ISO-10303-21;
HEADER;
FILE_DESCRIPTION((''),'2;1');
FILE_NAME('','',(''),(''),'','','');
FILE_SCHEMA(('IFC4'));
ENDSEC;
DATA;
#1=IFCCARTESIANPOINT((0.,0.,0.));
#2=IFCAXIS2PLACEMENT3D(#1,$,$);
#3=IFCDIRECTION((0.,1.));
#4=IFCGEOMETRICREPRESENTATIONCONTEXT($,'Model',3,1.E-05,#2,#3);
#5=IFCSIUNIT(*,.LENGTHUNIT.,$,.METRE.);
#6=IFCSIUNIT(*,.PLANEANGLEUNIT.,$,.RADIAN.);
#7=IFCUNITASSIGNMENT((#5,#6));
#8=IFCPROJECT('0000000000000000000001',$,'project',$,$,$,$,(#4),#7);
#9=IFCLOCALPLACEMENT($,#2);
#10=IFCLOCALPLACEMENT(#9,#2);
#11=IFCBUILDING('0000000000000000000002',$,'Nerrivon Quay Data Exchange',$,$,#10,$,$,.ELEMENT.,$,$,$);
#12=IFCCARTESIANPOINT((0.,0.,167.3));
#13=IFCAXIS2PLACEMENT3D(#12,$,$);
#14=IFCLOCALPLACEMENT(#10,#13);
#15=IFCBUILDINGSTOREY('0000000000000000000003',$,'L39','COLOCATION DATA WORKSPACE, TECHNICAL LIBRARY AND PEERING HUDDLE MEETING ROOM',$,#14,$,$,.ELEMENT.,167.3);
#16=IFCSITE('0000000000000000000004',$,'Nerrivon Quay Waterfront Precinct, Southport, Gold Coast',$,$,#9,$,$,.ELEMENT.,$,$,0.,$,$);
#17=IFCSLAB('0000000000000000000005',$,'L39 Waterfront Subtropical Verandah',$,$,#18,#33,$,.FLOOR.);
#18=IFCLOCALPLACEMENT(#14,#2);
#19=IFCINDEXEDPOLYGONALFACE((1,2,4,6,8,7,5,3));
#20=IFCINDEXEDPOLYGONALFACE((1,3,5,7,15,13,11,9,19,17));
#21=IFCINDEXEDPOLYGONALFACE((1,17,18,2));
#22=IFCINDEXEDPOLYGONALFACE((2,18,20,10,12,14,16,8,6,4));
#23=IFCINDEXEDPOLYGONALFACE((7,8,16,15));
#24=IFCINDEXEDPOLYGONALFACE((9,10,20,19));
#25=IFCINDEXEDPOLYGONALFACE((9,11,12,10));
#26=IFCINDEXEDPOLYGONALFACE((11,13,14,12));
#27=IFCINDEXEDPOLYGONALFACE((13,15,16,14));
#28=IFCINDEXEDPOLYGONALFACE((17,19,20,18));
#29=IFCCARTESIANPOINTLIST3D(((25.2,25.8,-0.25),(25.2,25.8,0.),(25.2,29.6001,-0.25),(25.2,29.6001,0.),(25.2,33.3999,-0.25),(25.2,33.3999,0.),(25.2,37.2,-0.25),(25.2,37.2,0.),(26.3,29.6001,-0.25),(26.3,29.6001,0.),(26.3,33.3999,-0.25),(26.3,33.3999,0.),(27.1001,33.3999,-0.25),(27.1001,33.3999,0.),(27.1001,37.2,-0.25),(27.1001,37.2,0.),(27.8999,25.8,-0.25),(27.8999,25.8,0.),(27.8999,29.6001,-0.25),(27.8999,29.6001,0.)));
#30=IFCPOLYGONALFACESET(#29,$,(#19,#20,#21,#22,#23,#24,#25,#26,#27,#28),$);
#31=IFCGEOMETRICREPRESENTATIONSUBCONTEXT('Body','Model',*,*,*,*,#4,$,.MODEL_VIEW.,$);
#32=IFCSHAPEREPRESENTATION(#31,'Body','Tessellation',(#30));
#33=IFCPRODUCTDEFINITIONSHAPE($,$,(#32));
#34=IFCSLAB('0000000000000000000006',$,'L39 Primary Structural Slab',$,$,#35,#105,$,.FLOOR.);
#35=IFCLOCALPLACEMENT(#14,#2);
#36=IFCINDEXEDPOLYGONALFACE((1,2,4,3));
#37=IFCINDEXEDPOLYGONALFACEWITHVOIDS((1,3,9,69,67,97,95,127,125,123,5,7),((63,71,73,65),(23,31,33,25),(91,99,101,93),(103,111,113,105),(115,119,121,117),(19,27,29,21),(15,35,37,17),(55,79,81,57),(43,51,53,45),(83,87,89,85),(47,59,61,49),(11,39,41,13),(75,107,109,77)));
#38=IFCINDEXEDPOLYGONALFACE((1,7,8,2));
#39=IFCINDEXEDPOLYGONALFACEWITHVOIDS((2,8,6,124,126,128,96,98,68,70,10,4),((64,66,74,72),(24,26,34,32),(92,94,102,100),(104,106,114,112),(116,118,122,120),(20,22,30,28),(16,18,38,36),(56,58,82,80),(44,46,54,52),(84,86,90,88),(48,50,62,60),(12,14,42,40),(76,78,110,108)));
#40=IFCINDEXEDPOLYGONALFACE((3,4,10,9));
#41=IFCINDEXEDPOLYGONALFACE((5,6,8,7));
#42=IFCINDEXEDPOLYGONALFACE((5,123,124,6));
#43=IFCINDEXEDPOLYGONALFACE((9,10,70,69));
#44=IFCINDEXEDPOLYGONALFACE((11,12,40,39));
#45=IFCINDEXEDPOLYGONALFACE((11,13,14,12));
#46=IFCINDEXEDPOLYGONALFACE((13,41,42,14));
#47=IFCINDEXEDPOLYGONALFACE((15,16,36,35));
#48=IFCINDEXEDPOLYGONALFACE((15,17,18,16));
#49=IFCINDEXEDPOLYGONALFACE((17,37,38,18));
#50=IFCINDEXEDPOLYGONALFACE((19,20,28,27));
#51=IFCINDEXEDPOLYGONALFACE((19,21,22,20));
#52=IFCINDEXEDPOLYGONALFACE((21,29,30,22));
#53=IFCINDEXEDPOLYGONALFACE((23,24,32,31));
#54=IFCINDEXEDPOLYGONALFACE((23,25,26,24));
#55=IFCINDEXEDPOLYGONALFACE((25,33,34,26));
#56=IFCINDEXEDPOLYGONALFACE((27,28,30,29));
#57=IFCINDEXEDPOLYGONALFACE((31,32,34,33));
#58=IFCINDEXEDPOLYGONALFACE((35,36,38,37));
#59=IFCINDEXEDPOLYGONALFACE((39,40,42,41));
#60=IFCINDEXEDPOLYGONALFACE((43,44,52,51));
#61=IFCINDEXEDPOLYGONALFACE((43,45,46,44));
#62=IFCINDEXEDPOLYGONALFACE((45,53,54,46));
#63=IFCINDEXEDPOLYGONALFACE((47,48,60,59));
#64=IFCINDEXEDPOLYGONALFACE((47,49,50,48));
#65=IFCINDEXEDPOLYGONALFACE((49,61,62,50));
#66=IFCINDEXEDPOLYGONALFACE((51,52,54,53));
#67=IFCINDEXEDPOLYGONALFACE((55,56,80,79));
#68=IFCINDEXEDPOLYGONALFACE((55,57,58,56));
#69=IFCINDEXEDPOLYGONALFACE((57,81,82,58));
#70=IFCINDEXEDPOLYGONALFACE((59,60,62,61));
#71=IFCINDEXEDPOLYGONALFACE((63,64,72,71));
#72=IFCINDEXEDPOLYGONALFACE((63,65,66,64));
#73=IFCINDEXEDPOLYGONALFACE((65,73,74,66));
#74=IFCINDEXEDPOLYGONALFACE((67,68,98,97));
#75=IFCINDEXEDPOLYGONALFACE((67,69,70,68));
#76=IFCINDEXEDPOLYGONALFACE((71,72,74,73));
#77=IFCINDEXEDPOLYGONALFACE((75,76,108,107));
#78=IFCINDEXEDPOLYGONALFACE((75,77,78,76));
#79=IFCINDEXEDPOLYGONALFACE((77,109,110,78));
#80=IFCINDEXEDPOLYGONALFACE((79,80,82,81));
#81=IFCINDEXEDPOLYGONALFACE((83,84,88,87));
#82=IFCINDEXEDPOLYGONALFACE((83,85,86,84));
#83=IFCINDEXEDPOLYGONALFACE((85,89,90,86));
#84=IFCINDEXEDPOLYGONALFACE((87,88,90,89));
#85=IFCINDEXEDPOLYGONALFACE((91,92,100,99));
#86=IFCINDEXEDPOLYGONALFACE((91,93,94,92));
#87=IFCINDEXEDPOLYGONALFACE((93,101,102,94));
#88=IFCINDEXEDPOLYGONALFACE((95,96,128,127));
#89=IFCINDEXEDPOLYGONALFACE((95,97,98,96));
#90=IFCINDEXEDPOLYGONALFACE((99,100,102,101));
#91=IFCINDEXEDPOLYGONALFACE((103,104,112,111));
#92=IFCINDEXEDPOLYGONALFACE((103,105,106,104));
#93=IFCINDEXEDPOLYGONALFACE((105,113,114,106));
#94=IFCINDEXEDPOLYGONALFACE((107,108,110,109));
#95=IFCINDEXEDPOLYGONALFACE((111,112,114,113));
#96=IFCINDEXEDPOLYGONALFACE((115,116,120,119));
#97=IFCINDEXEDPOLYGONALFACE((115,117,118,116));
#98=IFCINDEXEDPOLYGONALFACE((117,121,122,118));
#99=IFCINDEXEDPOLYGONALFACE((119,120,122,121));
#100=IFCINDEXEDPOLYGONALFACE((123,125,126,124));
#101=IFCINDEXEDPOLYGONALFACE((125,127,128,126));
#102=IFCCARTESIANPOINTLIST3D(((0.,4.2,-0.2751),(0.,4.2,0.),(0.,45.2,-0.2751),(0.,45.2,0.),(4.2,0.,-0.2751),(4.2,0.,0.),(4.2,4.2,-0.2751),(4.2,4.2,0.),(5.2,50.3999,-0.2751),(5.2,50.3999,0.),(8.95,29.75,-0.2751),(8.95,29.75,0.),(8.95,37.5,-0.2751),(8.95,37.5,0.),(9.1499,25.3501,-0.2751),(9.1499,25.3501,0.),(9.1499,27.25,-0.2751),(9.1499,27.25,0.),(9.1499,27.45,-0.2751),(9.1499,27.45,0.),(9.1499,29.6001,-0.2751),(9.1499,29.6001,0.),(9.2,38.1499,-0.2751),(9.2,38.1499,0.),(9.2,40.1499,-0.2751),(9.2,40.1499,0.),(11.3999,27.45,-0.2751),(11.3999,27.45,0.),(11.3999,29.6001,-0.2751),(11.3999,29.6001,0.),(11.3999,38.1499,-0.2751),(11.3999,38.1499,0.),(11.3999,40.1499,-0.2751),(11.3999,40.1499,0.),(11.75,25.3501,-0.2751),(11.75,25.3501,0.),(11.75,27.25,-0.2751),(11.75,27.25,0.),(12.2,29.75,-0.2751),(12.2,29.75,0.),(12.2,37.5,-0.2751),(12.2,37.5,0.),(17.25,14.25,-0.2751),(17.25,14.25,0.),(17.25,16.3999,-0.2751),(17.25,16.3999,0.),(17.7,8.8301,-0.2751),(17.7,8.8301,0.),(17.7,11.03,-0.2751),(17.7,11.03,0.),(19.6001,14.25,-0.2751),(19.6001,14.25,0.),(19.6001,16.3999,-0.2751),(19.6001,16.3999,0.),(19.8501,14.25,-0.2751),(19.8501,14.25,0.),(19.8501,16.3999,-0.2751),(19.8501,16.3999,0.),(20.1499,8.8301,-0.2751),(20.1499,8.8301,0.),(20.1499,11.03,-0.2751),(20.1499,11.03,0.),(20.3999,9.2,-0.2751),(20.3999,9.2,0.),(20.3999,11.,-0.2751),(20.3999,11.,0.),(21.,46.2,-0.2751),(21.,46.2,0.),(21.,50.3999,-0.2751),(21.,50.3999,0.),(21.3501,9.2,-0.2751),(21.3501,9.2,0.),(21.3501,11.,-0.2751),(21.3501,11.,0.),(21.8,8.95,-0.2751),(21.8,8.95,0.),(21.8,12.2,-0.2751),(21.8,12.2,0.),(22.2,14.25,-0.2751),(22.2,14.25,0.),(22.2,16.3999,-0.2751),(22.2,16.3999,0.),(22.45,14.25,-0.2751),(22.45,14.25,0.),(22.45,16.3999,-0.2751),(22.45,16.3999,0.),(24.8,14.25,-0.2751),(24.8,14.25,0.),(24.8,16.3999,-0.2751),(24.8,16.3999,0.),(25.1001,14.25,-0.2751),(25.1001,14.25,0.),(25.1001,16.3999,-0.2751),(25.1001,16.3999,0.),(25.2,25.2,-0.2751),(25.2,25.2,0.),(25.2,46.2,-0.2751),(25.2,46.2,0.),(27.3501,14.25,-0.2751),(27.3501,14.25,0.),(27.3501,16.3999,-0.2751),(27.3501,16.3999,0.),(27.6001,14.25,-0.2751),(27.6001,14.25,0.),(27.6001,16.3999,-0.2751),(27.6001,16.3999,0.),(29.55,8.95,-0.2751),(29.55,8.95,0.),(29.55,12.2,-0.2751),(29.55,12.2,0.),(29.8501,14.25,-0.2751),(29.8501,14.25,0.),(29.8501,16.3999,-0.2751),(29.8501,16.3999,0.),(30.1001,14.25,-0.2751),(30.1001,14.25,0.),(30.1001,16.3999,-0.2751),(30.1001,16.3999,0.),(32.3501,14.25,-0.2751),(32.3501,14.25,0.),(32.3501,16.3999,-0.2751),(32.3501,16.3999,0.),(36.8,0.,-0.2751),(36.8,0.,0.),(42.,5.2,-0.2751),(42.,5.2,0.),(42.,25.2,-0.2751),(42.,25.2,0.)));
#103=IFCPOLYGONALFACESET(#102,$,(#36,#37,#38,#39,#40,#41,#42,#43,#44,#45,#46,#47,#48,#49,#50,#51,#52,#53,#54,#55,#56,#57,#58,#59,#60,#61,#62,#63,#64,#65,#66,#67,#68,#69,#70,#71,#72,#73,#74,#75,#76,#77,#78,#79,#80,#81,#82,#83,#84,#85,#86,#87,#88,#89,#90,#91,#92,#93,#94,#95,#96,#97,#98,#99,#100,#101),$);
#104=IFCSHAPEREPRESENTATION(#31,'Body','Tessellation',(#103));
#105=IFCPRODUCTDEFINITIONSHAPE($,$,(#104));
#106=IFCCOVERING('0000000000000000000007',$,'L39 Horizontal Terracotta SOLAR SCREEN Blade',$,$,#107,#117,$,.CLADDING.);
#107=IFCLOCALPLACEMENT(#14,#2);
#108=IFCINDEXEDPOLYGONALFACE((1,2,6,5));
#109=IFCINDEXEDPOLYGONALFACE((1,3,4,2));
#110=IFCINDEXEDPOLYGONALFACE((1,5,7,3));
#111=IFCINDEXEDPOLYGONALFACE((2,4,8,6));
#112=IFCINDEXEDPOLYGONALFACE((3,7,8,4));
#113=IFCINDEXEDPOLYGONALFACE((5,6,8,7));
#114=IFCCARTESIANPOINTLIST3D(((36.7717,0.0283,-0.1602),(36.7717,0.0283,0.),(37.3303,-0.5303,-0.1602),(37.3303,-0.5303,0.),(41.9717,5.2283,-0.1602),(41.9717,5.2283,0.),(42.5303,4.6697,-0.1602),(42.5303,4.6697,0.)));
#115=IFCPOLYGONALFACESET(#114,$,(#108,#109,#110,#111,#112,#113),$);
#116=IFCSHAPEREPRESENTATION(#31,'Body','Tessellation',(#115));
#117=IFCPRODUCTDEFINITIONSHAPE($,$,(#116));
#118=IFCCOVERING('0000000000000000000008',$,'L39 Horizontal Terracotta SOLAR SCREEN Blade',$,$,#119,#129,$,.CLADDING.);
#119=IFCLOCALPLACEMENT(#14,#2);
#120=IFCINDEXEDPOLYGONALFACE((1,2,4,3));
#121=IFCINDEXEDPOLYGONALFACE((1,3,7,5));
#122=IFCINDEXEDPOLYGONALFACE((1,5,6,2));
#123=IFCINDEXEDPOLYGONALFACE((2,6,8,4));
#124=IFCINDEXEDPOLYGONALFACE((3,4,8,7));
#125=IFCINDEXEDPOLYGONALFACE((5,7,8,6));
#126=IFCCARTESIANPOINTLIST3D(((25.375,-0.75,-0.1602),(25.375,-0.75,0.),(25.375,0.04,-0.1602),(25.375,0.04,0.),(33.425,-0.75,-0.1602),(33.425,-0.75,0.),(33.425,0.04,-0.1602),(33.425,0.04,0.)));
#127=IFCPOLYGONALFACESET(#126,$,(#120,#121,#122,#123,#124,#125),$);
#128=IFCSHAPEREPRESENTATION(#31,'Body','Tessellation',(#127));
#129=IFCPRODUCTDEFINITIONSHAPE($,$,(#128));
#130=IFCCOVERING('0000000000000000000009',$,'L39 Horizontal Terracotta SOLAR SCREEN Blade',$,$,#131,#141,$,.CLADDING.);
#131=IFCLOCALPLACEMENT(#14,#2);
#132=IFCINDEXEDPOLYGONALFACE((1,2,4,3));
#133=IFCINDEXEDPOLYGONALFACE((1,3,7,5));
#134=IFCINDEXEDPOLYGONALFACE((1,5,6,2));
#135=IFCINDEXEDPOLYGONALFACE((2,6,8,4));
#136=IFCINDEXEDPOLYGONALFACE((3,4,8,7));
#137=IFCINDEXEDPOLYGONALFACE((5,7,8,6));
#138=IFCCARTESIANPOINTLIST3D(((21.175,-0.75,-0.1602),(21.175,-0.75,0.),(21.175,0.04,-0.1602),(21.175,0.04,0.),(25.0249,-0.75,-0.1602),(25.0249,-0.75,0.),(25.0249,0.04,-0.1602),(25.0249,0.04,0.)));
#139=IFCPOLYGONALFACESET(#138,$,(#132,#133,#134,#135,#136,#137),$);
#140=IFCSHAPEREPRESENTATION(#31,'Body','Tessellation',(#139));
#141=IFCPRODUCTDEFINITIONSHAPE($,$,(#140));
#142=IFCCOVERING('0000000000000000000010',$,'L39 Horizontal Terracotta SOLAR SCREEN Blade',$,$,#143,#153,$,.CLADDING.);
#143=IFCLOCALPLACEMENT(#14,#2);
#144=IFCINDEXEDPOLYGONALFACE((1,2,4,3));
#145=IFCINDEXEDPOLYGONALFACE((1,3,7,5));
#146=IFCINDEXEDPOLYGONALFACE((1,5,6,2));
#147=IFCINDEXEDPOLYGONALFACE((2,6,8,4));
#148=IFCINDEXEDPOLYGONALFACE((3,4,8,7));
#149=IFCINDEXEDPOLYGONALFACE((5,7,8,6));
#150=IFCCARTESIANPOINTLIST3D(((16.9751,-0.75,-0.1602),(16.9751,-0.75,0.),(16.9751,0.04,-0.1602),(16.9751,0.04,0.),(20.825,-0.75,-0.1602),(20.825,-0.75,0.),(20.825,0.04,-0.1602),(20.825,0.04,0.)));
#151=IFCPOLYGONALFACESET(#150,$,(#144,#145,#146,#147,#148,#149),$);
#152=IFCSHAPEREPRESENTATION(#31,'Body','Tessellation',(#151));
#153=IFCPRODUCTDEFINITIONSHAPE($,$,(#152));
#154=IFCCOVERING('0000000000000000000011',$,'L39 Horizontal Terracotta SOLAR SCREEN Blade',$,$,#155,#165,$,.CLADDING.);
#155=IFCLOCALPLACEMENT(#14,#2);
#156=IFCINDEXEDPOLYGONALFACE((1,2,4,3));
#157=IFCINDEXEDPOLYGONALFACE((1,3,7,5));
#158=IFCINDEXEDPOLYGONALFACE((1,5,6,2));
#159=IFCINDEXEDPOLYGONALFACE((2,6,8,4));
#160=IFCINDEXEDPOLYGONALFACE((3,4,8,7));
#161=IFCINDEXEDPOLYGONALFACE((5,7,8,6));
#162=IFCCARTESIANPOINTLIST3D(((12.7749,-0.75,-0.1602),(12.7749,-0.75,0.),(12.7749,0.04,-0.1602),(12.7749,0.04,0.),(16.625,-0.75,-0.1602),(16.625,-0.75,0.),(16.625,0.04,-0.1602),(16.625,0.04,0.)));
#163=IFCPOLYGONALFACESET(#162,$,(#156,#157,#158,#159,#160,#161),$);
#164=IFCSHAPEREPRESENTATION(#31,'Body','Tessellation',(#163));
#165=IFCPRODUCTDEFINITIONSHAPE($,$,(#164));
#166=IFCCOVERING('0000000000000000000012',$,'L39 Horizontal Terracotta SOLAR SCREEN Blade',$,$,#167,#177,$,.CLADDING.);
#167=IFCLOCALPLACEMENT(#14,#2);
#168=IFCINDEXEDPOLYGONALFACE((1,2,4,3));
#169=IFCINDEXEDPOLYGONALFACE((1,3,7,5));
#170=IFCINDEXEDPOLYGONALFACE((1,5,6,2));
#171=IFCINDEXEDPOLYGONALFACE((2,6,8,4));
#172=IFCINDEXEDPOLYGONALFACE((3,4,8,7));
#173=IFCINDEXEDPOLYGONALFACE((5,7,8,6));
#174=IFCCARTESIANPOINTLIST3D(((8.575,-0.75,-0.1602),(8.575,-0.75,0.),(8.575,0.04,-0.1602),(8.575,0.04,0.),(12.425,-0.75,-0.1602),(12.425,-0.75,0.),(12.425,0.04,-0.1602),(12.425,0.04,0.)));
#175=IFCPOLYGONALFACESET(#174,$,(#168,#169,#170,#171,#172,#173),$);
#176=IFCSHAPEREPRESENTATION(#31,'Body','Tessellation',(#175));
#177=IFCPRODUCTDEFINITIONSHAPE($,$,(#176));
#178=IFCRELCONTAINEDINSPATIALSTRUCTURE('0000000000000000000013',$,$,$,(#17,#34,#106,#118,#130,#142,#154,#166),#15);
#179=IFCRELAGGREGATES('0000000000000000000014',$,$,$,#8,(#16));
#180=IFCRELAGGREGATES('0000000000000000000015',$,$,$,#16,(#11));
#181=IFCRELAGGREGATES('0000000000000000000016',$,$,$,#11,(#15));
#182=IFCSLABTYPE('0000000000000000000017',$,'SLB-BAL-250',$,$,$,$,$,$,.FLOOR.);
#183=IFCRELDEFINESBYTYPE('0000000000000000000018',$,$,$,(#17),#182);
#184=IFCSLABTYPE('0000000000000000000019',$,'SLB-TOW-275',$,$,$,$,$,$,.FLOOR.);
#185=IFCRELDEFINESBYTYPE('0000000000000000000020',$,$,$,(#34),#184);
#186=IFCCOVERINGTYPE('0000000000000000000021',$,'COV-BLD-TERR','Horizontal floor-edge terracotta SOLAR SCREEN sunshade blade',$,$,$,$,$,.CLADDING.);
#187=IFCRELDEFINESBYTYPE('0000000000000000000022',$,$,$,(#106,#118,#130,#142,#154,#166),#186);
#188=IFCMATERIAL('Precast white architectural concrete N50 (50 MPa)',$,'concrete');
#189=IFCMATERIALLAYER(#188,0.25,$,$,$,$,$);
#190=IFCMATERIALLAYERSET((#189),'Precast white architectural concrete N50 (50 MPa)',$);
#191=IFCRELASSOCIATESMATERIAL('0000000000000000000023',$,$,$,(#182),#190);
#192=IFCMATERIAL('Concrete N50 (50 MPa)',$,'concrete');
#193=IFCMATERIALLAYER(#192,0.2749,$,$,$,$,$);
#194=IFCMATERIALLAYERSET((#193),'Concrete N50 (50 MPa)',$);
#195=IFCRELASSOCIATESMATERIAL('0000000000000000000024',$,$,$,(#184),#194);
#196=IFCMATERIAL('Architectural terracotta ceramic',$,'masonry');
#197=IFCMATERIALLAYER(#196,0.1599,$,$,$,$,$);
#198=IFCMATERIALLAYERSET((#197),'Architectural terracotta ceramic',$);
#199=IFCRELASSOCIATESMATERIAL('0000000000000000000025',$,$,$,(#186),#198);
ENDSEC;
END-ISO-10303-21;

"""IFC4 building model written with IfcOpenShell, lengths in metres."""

from ifc_helpers import new_model, si_unit, direction, frame, origin, place, context, subcontext, project, spatial, polyline, outline, extrude, material, layer, layer_set, type_object, element, save


model = new_model("IFC4")

# Units and contexts
model_context = context("Model", 3, precision=1e-05, world=origin(), true_north=direction((0.0, 1.0)))
body_context = subcontext(model_context, "Body", "Model", "MODEL_VIEW")
ifc_project = project(units=[si_unit("LENGTHUNIT", "METRE"), si_unit("PLANEANGLEUNIT", "RADIAN")], contexts=[model_context])

# Site, building, storey
site_placement = place(None, origin())
site = spatial("IfcSite", under=ifc_project, at=site_placement, Name="Nerrivon Quay Waterfront Precinct, Southport, Gold Coast", CompositionType="ELEMENT", RefElevation=0.0)
building_placement = place(site_placement, origin())
building = spatial("IfcBuilding", under=site, at=building_placement, Name="Nerrivon Quay Data Exchange", CompositionType="ELEMENT")
storey_placement = place(building_placement, frame((0.0, 0.0, 167.3)))
storey = spatial("IfcBuildingStorey", under=building, at=storey_placement, Name="L39", Description="COLOCATION DATA WORKSPACE, TECHNICAL LIBRARY AND PEERING HUDDLE MEETING ROOM", CompositionType="ELEMENT", Elevation=167.3)

# Slabs
ifc_material_1 = material(Name="Precast white architectural concrete N50 (50 MPa)", Category="concrete")
ifc_layer_1 = layer(ifc_material_1, 0.25)
ifc_layer_set_1 = layer_set([ifc_layer_1], Name="Precast white architectural concrete N50 (50 MPa)")
slab_type_1 = type_object("IfcSlabType", Name="SLB-BAL-250", PredefinedType="FLOOR", material=ifc_layer_set_1)
slab_1_placement = place(storey_placement, frame((0.0, 0.0, -0.25)))
element("IfcSlab", 1, at=slab_1_placement, inside=storey, type_object=slab_type_1, Name="L39 Waterfront Subtropical Verandah", PredefinedType="FLOOR", context=body_context, shape_type="SweptSolid", body=[
    extrude(outline(polyline([(26.3, 29.6001), (26.3, 33.3999), (27.1001, 33.3999), (27.1001, 37.2), (25.2, 37.2), (25.2, 33.3999), (25.2, 29.6001), (25.2, 25.8), (27.8999, 25.8), (27.8999, 29.6001), (26.3, 29.6001)])), origin(), (0.0, 0.0, 1.0), 0.25),
])
ifc_material_2 = material(Name="Concrete N50 (50 MPa)", Category="concrete")
ifc_layer_2 = layer(ifc_material_2, 0.2749)
ifc_layer_set_2 = layer_set([ifc_layer_2], Name="Concrete N50 (50 MPa)")
slab_type_2 = type_object("IfcSlabType", Name="SLB-TOW-275", PredefinedType="FLOOR", material=ifc_layer_set_2)
slab_2_placement = place(storey_placement, frame((0.0, 0.0, -0.2751)))
element("IfcSlab", 2, at=slab_2_placement, inside=storey, type_object=slab_type_2, Name="L39 Primary Structural Slab", PredefinedType="FLOOR", context=body_context, shape_type="SweptSolid", body=[
    extrude(outline(polyline([(42.0, 25.2), (25.2, 25.2), (25.2, 46.2), (21.0, 46.2), (21.0, 50.3999), (5.2, 50.3999), (0.0, 45.2), (0.0, 4.2), (4.2, 4.2), (4.2, 0.0), (36.8, 0.0), (42.0, 5.2), (42.0, 25.2)]), holes=[polyline([(8.95, 29.75), (8.95, 37.5), (12.2, 37.5), (12.2, 29.75), (8.95, 29.75)]), polyline([(21.8, 12.2), (29.55, 12.2), (29.55, 8.95), (21.8, 8.95), (21.8, 12.2)]), polyline([(30.1001, 16.3999), (32.3501, 16.3999), (32.3501, 14.25), (30.1001, 14.25), (30.1001, 16.3999)]), polyline([(27.6001, 16.3999), (29.8501, 16.3999), (29.8501, 14.25), (27.6001, 14.25), (27.6001, 16.3999)]), polyline([(25.1001, 14.25), (25.1001, 16.3999), (27.3501, 16.3999), (27.3501, 14.25), (25.1001, 14.25)]), polyline([(22.45, 16.3999), (24.8, 16.3999), (24.8, 14.25), (22.45, 14.25), (22.45, 16.3999)]), polyline([(19.8501, 16.3999), (22.2, 16.3999), (22.2, 14.25), (19.8501, 14.25), (19.8501, 16.3999)]), polyline([(20.3999, 9.2), (20.3999, 11.0), (21.3501, 11.0), (21.3501, 9.2), (20.3999, 9.2)]), polyline([(17.7, 8.8301), (17.7, 11.03), (20.1499, 11.03), (20.1499, 8.8301), (17.7, 8.8301)]), polyline([(17.25, 14.25), (17.25, 16.3999), (19.6001, 16.3999), (19.6001, 14.25), (17.25, 14.25)]), polyline([(9.1499, 27.25), (11.75, 27.25), (11.75, 25.3501), (9.1499, 25.3501), (9.1499, 27.25)]), polyline([(9.1499, 29.6001), (11.3999, 29.6001), (11.3999, 27.45), (9.1499, 27.45), (9.1499, 29.6001)]), polyline([(9.2, 38.1499), (9.2, 40.1499), (11.3999, 40.1499), (11.3999, 38.1499), (9.2, 38.1499)])]), origin(), (0.0, 0.0, 1.0), 0.2751),
])

# Coverings
ifc_material_3 = material(Name="Architectural terracotta ceramic", Category="masonry")
ifc_layer_3 = layer(ifc_material_3, 0.1599)
ifc_layer_set_3 = layer_set([ifc_layer_3], Name="Architectural terracotta ceramic")
covering_type = type_object("IfcCoveringType", Name="COV-BLD-TERR", Description="Horizontal floor-edge terracotta SOLAR SCREEN sunshade blade", PredefinedType="CLADDING", material=ifc_layer_set_3)
covering_1_placement = place(storey_placement, frame((0.0, 0.0, -0.1602)))
element("IfcCovering", 3, at=covering_1_placement, inside=storey, type_object=covering_type, Name="L39 Horizontal Terracotta SOLAR SCREEN Blade", PredefinedType="CLADDING", context=body_context, shape_type="SweptSolid", body=[
    extrude(outline(polyline([(41.9717, 5.2283), (36.7717, 0.0283), (37.3303, -0.5303), (42.5303, 4.6697), (41.9717, 5.2283)])), origin(), (0.0, 0.0, 1.0), 0.1602),
])
covering_2_placement = place(storey_placement, frame((0.0, 0.0, -0.1602)))
element("IfcCovering", 4, at=covering_2_placement, inside=storey, type_object=covering_type, Name="L39 Horizontal Terracotta SOLAR SCREEN Blade", PredefinedType="CLADDING", context=body_context, shape_type="SweptSolid", body=[
    extrude(outline(polyline([(33.425, 0.04), (25.375, 0.04), (25.375, -0.75), (33.425, -0.75), (33.425, 0.04)])), origin(), (0.0, 0.0, 1.0), 0.1602),
])
covering_3_placement = place(storey_placement, frame((0.0, 0.0, -0.1602)))
element("IfcCovering", 5, at=covering_3_placement, inside=storey, type_object=covering_type, Name="L39 Horizontal Terracotta SOLAR SCREEN Blade", PredefinedType="CLADDING", context=body_context, shape_type="SweptSolid", body=[
    extrude(outline(polyline([(25.0249, 0.04), (21.175, 0.04), (21.175, -0.75), (25.0249, -0.75), (25.0249, 0.04)])), origin(), (0.0, 0.0, 1.0), 0.1602),
])
covering_4_placement = place(storey_placement, frame((0.0, 0.0, -0.1602)))
element("IfcCovering", 6, at=covering_4_placement, inside=storey, type_object=covering_type, Name="L39 Horizontal Terracotta SOLAR SCREEN Blade", PredefinedType="CLADDING", context=body_context, shape_type="SweptSolid", body=[
    extrude(outline(polyline([(20.825, 0.04), (16.9751, 0.04), (16.9751, -0.75), (20.825, -0.75), (20.825, 0.04)])), origin(), (0.0, 0.0, 1.0), 0.1602),
])
covering_5_placement = place(storey_placement, frame((0.0, 0.0, -0.1602)))
element("IfcCovering", 7, at=covering_5_placement, inside=storey, type_object=covering_type, Name="L39 Horizontal Terracotta SOLAR SCREEN Blade", PredefinedType="CLADDING", context=body_context, shape_type="SweptSolid", body=[
    extrude(outline(polyline([(16.625, 0.04), (12.7749, 0.04), (12.7749, -0.75), (16.625, -0.75), (16.625, 0.04)])), origin(), (0.0, 0.0, 1.0), 0.1602),
])
covering_6_placement = place(storey_placement, frame((0.0, 0.0, -0.1602)))
element("IfcCovering", 8, at=covering_6_placement, inside=storey, type_object=covering_type, Name="L39 Horizontal Terracotta SOLAR SCREEN Blade", PredefinedType="CLADDING", context=body_context, shape_type="SweptSolid", body=[
    extrude(outline(polyline([(12.425, 0.04), (8.575, 0.04), (8.575, -0.75), (12.425, -0.75), (12.425, 0.04)])), origin(), (0.0, 0.0, 1.0), 0.1602),
])

save(model, "model.ifc")
